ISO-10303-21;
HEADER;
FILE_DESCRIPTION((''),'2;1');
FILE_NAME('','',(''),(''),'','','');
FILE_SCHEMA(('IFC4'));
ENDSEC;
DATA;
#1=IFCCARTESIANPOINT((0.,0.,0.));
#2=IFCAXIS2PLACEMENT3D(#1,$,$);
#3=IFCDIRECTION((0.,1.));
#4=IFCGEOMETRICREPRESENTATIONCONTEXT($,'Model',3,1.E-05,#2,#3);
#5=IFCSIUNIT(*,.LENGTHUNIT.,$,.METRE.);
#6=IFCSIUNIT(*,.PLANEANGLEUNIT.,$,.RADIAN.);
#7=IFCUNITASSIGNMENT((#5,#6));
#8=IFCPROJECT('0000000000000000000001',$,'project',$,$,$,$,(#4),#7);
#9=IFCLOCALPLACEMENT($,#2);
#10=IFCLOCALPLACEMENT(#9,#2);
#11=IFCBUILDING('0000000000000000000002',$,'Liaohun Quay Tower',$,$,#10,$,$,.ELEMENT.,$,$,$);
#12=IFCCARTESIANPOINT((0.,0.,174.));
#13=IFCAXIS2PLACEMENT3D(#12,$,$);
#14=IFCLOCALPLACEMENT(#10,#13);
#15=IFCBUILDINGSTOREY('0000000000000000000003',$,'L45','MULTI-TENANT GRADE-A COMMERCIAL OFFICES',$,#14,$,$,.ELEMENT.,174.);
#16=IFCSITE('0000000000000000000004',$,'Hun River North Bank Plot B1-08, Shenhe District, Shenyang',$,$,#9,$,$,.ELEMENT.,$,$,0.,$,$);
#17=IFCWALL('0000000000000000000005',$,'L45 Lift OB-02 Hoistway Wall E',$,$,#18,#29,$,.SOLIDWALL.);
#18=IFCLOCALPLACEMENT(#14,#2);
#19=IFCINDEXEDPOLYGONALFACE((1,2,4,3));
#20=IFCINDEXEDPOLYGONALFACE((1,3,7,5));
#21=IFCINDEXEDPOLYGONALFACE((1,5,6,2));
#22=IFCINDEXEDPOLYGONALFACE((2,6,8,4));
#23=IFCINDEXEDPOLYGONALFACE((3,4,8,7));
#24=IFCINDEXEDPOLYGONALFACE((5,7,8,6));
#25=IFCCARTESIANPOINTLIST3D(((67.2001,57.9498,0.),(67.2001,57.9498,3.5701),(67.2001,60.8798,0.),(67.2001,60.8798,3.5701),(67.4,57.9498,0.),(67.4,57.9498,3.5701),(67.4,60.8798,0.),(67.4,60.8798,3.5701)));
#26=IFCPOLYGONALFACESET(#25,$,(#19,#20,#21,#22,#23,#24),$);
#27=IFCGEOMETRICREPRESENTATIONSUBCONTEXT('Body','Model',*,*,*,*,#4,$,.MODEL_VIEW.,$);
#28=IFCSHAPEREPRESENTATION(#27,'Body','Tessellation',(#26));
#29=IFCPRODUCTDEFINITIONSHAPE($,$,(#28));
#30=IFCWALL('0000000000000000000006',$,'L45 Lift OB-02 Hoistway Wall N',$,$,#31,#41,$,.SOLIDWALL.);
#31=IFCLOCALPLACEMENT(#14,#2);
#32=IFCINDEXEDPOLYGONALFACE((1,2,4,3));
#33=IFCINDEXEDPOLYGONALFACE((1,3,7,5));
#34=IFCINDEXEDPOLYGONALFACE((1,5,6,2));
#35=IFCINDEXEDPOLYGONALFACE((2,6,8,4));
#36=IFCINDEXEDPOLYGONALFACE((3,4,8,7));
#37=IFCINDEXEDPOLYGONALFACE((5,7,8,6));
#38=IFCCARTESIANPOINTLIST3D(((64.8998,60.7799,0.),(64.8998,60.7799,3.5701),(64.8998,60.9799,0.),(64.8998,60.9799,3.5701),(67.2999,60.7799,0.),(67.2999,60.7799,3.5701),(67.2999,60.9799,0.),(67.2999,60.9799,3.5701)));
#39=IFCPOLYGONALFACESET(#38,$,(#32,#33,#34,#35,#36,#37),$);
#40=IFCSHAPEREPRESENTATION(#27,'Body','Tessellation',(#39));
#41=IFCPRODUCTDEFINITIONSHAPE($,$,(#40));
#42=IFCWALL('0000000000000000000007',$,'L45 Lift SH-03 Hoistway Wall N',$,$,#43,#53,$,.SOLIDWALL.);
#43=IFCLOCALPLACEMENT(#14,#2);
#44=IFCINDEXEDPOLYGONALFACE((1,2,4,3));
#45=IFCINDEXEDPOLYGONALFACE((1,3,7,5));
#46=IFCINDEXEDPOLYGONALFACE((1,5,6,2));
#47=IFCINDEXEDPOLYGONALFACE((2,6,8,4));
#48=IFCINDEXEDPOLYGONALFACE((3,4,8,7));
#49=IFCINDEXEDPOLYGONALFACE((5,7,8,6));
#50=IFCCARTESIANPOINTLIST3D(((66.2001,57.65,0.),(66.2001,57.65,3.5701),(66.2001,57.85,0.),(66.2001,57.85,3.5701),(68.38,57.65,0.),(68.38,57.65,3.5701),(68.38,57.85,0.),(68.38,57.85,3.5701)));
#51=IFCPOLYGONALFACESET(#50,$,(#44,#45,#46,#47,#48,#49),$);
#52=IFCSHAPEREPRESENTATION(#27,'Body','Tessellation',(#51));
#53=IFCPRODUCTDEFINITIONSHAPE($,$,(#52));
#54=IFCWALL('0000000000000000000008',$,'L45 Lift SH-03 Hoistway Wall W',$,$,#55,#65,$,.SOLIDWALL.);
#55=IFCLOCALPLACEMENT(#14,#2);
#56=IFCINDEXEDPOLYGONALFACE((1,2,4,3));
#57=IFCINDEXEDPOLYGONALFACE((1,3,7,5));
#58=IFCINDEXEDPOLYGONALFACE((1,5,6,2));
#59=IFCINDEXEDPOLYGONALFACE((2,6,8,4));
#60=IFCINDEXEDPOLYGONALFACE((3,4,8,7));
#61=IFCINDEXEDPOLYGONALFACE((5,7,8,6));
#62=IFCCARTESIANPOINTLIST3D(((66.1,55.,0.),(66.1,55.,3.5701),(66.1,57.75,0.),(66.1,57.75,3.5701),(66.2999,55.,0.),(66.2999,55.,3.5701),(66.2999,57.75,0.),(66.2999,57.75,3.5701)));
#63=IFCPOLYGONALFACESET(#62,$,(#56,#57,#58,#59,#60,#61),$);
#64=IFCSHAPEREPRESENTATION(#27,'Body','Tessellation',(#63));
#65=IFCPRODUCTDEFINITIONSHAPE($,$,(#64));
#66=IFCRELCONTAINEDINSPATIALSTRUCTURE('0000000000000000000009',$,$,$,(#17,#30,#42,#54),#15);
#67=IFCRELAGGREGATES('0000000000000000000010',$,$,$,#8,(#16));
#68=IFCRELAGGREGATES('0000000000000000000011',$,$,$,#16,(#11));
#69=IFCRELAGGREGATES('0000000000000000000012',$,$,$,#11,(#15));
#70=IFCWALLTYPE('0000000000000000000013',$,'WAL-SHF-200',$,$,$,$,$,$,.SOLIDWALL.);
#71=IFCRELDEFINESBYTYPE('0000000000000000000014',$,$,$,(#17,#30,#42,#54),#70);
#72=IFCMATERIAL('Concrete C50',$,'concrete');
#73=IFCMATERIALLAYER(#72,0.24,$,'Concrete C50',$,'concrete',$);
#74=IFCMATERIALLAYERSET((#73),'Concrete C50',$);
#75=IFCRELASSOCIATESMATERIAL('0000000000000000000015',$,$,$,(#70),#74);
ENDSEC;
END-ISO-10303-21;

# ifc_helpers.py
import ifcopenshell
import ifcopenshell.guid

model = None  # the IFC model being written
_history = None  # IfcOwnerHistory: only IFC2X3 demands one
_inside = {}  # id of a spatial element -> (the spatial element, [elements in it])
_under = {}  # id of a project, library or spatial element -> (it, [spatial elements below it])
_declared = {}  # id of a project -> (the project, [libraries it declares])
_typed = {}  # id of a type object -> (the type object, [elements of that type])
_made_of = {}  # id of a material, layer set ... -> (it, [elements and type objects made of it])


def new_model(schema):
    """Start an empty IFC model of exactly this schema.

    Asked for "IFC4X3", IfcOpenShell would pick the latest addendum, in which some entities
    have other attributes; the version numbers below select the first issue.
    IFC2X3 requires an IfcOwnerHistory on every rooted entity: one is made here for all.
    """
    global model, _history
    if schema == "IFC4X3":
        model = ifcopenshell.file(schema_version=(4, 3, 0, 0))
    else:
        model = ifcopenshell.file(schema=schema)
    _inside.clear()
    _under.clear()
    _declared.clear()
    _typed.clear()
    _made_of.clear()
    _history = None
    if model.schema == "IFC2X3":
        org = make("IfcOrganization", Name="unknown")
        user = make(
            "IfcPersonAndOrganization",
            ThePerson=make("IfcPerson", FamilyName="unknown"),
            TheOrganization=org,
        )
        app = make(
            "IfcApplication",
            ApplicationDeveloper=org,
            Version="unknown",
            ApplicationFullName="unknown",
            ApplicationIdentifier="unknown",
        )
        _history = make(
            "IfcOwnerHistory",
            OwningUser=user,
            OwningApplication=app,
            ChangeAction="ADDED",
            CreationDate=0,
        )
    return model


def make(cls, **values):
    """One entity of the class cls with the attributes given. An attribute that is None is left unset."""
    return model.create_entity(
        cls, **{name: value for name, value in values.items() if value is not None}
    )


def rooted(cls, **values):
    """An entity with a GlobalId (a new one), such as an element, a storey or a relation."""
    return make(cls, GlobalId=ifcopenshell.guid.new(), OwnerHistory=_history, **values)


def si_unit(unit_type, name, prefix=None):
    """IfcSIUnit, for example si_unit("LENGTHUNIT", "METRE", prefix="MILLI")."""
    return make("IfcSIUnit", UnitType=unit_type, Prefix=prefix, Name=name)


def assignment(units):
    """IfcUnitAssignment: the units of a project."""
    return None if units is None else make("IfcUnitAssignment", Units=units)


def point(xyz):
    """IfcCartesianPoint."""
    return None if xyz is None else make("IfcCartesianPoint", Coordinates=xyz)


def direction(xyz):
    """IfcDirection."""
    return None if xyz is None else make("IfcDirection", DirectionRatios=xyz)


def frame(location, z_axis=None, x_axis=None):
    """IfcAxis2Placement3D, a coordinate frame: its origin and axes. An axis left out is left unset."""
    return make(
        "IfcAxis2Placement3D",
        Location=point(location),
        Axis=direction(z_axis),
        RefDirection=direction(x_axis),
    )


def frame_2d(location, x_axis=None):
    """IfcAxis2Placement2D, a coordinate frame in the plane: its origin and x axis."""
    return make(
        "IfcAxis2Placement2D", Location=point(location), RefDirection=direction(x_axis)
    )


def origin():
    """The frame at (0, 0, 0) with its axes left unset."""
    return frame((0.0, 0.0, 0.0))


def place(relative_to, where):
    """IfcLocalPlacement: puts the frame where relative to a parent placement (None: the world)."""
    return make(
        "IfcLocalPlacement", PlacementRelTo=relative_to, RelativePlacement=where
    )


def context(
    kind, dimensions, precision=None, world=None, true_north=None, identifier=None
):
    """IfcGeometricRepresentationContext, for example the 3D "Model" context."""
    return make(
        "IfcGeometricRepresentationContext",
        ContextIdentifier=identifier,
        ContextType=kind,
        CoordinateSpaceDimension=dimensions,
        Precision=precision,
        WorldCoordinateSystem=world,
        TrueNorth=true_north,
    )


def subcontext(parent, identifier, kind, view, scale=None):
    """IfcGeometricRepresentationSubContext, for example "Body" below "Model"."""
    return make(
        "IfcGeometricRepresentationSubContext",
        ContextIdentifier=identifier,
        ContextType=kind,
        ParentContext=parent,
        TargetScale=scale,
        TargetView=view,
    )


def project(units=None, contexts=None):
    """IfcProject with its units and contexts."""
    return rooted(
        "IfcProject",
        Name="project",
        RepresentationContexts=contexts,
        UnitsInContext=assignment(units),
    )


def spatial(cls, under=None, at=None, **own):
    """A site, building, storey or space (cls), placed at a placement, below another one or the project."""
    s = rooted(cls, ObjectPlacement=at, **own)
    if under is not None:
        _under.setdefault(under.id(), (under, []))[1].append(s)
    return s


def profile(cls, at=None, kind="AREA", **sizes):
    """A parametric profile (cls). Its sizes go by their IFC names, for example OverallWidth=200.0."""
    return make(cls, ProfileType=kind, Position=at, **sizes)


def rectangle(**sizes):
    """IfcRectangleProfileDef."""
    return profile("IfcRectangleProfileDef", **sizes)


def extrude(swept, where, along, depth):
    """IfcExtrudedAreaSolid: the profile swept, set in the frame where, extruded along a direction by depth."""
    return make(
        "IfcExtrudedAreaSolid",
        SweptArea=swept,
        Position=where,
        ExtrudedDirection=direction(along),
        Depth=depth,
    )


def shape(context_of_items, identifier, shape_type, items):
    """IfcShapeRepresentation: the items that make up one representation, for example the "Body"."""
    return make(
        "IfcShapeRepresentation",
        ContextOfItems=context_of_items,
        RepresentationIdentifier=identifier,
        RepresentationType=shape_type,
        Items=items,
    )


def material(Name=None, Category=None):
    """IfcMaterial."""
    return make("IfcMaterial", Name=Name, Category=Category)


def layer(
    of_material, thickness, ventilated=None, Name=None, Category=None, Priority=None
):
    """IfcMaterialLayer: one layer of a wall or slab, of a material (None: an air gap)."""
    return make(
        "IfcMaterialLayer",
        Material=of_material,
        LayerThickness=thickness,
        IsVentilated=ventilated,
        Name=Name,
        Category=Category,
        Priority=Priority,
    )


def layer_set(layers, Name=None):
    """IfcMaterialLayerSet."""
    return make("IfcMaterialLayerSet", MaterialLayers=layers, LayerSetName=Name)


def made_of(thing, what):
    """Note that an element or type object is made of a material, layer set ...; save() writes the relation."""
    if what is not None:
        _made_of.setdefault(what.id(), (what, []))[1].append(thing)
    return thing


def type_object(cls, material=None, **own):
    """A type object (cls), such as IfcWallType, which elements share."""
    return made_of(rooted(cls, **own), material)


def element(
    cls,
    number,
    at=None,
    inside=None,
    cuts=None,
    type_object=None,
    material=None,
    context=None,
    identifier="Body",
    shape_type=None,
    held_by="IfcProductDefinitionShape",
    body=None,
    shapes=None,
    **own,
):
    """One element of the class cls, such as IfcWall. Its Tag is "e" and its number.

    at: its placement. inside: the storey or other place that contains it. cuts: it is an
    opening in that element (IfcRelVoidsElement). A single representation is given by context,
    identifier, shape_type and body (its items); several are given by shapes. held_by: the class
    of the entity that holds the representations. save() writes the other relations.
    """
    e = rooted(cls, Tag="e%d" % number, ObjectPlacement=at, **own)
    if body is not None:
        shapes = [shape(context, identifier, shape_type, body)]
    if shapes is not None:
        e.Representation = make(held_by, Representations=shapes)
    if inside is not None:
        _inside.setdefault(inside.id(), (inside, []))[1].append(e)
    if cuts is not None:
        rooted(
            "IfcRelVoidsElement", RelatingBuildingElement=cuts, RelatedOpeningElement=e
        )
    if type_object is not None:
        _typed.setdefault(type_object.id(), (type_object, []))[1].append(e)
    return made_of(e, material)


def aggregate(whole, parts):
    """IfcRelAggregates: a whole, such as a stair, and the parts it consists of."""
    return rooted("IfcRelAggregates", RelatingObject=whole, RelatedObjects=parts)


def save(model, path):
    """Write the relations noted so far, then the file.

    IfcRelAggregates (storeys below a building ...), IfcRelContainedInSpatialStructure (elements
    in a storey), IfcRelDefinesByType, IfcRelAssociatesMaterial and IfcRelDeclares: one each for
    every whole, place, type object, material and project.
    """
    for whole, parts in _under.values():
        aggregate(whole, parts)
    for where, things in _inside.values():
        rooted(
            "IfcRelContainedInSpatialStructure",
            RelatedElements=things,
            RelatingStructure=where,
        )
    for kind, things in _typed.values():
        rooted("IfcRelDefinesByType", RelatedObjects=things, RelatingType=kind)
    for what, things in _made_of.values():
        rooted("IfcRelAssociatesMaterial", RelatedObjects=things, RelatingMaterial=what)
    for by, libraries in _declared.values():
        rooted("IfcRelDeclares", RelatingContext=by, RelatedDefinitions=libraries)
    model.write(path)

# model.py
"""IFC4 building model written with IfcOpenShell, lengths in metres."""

from ifc_helpers import new_model, si_unit, direction, frame, frame_2d, origin, place, context, subcontext, project, spatial, rectangle, extrude, material, layer, layer_set, type_object, element, save


model = new_model("IFC4")

# Units and contexts
model_context = context("Model", 3, precision=1e-05, world=origin(), true_north=direction((0.0, 1.0)))
body_context = subcontext(model_context, "Body", "Model", "MODEL_VIEW")
ifc_project = project(units=[si_unit("LENGTHUNIT", "METRE"), si_unit("PLANEANGLEUNIT", "RADIAN")], contexts=[model_context])

# Site, building, storey
site_placement = place(None, origin())
site = spatial("IfcSite", under=ifc_project, at=site_placement, Name="Hun River North Bank Plot B1-08, Shenhe District, Shenyang", CompositionType="ELEMENT", RefElevation=0.0)
building_placement = place(site_placement, origin())
building = spatial("IfcBuilding", under=site, at=building_placement, Name="Liaohun Quay Tower", CompositionType="ELEMENT")
storey_placement = place(building_placement, frame((0.0, 0.0, 174.0)))
storey = spatial("IfcBuildingStorey", under=building, at=storey_placement, Name="L45", Description="MULTI-TENANT GRADE-A COMMERCIAL OFFICES", CompositionType="ELEMENT", Elevation=174.0)

# Walls
ifc_material_1 = material(Name="Concrete C50", Category="concrete")
ifc_layer_1 = layer(ifc_material_1, 0.24, Name="Concrete C50", Category="concrete")
ifc_layer_set_1 = layer_set([ifc_layer_1], Name="Concrete C50")
wall_type_1 = type_object("IfcWallType", Name="WAL-SHF-200", PredefinedType="SOLIDWALL", material=ifc_layer_set_1)
wall_1_placement = place(storey_placement, frame((67.3, 57.95, 0.0), z_axis=(0.0, 0.0, 1.0), x_axis=(0.0, 1.0, 0.0)))
element("IfcWall", 1, at=wall_1_placement, inside=storey, type_object=wall_type_1, Name="L45 Lift OB-02 Hoistway Wall E", PredefinedType="SOLIDWALL", context=body_context, shape_type="SweptSolid", body=[
    extrude(rectangle(XDim=2.9299, YDim=0.2, at=frame_2d((1.4648, 0.0))), origin(), (0.0, 0.0, 1.0), 3.5701),
])
wall_2_placement = place(storey_placement, frame((67.3, 60.8799, 0.0), z_axis=(0.0, 0.0, 1.0), x_axis=(-1.0, 0.0, 0.0)))
element("IfcWall", 2, at=wall_2_placement, inside=storey, type_object=wall_type_1, Name="L45 Lift OB-02 Hoistway Wall N", PredefinedType="SOLIDWALL", context=body_context, shape_type="SweptSolid", body=[
    extrude(rectangle(XDim=2.4001, YDim=0.2, at=frame_2d((1.2002, 0.0))), origin(), (0.0, 0.0, 1.0), 3.5701),
])
wall_3_placement = place(storey_placement, frame((68.3799, 57.75, 0.0), z_axis=(0.0, 0.0, 1.0), x_axis=(-1.0, 0.0, 0.0)))
element("IfcWall", 3, at=wall_3_placement, inside=storey, type_object=wall_type_1, Name="L45 Lift SH-03 Hoistway Wall N", PredefinedType="SOLIDWALL", context=body_context, shape_type="SweptSolid", body=[
    extrude(rectangle(XDim=2.1799, YDim=0.2, at=frame_2d((1.0898, 0.0))), origin(), (0.0, 0.0, 1.0), 3.5701),
])
wall_4_placement = place(storey_placement, frame((66.2, 57.75, 0.0), z_axis=(0.0, 0.0, 1.0), x_axis=(0.0, -1.0, 0.0)))
element("IfcWall", 4, at=wall_4_placement, inside=storey, type_object=wall_type_1, Name="L45 Lift SH-03 Hoistway Wall W", PredefinedType="SOLIDWALL", context=body_context, shape_type="SweptSolid", body=[
    extrude(rectangle(XDim=2.75, YDim=0.2, at=frame_2d((1.375, 0.0))), origin(), (0.0, 0.0, 1.0), 3.5701),
])

save(model, "model.ifc")
